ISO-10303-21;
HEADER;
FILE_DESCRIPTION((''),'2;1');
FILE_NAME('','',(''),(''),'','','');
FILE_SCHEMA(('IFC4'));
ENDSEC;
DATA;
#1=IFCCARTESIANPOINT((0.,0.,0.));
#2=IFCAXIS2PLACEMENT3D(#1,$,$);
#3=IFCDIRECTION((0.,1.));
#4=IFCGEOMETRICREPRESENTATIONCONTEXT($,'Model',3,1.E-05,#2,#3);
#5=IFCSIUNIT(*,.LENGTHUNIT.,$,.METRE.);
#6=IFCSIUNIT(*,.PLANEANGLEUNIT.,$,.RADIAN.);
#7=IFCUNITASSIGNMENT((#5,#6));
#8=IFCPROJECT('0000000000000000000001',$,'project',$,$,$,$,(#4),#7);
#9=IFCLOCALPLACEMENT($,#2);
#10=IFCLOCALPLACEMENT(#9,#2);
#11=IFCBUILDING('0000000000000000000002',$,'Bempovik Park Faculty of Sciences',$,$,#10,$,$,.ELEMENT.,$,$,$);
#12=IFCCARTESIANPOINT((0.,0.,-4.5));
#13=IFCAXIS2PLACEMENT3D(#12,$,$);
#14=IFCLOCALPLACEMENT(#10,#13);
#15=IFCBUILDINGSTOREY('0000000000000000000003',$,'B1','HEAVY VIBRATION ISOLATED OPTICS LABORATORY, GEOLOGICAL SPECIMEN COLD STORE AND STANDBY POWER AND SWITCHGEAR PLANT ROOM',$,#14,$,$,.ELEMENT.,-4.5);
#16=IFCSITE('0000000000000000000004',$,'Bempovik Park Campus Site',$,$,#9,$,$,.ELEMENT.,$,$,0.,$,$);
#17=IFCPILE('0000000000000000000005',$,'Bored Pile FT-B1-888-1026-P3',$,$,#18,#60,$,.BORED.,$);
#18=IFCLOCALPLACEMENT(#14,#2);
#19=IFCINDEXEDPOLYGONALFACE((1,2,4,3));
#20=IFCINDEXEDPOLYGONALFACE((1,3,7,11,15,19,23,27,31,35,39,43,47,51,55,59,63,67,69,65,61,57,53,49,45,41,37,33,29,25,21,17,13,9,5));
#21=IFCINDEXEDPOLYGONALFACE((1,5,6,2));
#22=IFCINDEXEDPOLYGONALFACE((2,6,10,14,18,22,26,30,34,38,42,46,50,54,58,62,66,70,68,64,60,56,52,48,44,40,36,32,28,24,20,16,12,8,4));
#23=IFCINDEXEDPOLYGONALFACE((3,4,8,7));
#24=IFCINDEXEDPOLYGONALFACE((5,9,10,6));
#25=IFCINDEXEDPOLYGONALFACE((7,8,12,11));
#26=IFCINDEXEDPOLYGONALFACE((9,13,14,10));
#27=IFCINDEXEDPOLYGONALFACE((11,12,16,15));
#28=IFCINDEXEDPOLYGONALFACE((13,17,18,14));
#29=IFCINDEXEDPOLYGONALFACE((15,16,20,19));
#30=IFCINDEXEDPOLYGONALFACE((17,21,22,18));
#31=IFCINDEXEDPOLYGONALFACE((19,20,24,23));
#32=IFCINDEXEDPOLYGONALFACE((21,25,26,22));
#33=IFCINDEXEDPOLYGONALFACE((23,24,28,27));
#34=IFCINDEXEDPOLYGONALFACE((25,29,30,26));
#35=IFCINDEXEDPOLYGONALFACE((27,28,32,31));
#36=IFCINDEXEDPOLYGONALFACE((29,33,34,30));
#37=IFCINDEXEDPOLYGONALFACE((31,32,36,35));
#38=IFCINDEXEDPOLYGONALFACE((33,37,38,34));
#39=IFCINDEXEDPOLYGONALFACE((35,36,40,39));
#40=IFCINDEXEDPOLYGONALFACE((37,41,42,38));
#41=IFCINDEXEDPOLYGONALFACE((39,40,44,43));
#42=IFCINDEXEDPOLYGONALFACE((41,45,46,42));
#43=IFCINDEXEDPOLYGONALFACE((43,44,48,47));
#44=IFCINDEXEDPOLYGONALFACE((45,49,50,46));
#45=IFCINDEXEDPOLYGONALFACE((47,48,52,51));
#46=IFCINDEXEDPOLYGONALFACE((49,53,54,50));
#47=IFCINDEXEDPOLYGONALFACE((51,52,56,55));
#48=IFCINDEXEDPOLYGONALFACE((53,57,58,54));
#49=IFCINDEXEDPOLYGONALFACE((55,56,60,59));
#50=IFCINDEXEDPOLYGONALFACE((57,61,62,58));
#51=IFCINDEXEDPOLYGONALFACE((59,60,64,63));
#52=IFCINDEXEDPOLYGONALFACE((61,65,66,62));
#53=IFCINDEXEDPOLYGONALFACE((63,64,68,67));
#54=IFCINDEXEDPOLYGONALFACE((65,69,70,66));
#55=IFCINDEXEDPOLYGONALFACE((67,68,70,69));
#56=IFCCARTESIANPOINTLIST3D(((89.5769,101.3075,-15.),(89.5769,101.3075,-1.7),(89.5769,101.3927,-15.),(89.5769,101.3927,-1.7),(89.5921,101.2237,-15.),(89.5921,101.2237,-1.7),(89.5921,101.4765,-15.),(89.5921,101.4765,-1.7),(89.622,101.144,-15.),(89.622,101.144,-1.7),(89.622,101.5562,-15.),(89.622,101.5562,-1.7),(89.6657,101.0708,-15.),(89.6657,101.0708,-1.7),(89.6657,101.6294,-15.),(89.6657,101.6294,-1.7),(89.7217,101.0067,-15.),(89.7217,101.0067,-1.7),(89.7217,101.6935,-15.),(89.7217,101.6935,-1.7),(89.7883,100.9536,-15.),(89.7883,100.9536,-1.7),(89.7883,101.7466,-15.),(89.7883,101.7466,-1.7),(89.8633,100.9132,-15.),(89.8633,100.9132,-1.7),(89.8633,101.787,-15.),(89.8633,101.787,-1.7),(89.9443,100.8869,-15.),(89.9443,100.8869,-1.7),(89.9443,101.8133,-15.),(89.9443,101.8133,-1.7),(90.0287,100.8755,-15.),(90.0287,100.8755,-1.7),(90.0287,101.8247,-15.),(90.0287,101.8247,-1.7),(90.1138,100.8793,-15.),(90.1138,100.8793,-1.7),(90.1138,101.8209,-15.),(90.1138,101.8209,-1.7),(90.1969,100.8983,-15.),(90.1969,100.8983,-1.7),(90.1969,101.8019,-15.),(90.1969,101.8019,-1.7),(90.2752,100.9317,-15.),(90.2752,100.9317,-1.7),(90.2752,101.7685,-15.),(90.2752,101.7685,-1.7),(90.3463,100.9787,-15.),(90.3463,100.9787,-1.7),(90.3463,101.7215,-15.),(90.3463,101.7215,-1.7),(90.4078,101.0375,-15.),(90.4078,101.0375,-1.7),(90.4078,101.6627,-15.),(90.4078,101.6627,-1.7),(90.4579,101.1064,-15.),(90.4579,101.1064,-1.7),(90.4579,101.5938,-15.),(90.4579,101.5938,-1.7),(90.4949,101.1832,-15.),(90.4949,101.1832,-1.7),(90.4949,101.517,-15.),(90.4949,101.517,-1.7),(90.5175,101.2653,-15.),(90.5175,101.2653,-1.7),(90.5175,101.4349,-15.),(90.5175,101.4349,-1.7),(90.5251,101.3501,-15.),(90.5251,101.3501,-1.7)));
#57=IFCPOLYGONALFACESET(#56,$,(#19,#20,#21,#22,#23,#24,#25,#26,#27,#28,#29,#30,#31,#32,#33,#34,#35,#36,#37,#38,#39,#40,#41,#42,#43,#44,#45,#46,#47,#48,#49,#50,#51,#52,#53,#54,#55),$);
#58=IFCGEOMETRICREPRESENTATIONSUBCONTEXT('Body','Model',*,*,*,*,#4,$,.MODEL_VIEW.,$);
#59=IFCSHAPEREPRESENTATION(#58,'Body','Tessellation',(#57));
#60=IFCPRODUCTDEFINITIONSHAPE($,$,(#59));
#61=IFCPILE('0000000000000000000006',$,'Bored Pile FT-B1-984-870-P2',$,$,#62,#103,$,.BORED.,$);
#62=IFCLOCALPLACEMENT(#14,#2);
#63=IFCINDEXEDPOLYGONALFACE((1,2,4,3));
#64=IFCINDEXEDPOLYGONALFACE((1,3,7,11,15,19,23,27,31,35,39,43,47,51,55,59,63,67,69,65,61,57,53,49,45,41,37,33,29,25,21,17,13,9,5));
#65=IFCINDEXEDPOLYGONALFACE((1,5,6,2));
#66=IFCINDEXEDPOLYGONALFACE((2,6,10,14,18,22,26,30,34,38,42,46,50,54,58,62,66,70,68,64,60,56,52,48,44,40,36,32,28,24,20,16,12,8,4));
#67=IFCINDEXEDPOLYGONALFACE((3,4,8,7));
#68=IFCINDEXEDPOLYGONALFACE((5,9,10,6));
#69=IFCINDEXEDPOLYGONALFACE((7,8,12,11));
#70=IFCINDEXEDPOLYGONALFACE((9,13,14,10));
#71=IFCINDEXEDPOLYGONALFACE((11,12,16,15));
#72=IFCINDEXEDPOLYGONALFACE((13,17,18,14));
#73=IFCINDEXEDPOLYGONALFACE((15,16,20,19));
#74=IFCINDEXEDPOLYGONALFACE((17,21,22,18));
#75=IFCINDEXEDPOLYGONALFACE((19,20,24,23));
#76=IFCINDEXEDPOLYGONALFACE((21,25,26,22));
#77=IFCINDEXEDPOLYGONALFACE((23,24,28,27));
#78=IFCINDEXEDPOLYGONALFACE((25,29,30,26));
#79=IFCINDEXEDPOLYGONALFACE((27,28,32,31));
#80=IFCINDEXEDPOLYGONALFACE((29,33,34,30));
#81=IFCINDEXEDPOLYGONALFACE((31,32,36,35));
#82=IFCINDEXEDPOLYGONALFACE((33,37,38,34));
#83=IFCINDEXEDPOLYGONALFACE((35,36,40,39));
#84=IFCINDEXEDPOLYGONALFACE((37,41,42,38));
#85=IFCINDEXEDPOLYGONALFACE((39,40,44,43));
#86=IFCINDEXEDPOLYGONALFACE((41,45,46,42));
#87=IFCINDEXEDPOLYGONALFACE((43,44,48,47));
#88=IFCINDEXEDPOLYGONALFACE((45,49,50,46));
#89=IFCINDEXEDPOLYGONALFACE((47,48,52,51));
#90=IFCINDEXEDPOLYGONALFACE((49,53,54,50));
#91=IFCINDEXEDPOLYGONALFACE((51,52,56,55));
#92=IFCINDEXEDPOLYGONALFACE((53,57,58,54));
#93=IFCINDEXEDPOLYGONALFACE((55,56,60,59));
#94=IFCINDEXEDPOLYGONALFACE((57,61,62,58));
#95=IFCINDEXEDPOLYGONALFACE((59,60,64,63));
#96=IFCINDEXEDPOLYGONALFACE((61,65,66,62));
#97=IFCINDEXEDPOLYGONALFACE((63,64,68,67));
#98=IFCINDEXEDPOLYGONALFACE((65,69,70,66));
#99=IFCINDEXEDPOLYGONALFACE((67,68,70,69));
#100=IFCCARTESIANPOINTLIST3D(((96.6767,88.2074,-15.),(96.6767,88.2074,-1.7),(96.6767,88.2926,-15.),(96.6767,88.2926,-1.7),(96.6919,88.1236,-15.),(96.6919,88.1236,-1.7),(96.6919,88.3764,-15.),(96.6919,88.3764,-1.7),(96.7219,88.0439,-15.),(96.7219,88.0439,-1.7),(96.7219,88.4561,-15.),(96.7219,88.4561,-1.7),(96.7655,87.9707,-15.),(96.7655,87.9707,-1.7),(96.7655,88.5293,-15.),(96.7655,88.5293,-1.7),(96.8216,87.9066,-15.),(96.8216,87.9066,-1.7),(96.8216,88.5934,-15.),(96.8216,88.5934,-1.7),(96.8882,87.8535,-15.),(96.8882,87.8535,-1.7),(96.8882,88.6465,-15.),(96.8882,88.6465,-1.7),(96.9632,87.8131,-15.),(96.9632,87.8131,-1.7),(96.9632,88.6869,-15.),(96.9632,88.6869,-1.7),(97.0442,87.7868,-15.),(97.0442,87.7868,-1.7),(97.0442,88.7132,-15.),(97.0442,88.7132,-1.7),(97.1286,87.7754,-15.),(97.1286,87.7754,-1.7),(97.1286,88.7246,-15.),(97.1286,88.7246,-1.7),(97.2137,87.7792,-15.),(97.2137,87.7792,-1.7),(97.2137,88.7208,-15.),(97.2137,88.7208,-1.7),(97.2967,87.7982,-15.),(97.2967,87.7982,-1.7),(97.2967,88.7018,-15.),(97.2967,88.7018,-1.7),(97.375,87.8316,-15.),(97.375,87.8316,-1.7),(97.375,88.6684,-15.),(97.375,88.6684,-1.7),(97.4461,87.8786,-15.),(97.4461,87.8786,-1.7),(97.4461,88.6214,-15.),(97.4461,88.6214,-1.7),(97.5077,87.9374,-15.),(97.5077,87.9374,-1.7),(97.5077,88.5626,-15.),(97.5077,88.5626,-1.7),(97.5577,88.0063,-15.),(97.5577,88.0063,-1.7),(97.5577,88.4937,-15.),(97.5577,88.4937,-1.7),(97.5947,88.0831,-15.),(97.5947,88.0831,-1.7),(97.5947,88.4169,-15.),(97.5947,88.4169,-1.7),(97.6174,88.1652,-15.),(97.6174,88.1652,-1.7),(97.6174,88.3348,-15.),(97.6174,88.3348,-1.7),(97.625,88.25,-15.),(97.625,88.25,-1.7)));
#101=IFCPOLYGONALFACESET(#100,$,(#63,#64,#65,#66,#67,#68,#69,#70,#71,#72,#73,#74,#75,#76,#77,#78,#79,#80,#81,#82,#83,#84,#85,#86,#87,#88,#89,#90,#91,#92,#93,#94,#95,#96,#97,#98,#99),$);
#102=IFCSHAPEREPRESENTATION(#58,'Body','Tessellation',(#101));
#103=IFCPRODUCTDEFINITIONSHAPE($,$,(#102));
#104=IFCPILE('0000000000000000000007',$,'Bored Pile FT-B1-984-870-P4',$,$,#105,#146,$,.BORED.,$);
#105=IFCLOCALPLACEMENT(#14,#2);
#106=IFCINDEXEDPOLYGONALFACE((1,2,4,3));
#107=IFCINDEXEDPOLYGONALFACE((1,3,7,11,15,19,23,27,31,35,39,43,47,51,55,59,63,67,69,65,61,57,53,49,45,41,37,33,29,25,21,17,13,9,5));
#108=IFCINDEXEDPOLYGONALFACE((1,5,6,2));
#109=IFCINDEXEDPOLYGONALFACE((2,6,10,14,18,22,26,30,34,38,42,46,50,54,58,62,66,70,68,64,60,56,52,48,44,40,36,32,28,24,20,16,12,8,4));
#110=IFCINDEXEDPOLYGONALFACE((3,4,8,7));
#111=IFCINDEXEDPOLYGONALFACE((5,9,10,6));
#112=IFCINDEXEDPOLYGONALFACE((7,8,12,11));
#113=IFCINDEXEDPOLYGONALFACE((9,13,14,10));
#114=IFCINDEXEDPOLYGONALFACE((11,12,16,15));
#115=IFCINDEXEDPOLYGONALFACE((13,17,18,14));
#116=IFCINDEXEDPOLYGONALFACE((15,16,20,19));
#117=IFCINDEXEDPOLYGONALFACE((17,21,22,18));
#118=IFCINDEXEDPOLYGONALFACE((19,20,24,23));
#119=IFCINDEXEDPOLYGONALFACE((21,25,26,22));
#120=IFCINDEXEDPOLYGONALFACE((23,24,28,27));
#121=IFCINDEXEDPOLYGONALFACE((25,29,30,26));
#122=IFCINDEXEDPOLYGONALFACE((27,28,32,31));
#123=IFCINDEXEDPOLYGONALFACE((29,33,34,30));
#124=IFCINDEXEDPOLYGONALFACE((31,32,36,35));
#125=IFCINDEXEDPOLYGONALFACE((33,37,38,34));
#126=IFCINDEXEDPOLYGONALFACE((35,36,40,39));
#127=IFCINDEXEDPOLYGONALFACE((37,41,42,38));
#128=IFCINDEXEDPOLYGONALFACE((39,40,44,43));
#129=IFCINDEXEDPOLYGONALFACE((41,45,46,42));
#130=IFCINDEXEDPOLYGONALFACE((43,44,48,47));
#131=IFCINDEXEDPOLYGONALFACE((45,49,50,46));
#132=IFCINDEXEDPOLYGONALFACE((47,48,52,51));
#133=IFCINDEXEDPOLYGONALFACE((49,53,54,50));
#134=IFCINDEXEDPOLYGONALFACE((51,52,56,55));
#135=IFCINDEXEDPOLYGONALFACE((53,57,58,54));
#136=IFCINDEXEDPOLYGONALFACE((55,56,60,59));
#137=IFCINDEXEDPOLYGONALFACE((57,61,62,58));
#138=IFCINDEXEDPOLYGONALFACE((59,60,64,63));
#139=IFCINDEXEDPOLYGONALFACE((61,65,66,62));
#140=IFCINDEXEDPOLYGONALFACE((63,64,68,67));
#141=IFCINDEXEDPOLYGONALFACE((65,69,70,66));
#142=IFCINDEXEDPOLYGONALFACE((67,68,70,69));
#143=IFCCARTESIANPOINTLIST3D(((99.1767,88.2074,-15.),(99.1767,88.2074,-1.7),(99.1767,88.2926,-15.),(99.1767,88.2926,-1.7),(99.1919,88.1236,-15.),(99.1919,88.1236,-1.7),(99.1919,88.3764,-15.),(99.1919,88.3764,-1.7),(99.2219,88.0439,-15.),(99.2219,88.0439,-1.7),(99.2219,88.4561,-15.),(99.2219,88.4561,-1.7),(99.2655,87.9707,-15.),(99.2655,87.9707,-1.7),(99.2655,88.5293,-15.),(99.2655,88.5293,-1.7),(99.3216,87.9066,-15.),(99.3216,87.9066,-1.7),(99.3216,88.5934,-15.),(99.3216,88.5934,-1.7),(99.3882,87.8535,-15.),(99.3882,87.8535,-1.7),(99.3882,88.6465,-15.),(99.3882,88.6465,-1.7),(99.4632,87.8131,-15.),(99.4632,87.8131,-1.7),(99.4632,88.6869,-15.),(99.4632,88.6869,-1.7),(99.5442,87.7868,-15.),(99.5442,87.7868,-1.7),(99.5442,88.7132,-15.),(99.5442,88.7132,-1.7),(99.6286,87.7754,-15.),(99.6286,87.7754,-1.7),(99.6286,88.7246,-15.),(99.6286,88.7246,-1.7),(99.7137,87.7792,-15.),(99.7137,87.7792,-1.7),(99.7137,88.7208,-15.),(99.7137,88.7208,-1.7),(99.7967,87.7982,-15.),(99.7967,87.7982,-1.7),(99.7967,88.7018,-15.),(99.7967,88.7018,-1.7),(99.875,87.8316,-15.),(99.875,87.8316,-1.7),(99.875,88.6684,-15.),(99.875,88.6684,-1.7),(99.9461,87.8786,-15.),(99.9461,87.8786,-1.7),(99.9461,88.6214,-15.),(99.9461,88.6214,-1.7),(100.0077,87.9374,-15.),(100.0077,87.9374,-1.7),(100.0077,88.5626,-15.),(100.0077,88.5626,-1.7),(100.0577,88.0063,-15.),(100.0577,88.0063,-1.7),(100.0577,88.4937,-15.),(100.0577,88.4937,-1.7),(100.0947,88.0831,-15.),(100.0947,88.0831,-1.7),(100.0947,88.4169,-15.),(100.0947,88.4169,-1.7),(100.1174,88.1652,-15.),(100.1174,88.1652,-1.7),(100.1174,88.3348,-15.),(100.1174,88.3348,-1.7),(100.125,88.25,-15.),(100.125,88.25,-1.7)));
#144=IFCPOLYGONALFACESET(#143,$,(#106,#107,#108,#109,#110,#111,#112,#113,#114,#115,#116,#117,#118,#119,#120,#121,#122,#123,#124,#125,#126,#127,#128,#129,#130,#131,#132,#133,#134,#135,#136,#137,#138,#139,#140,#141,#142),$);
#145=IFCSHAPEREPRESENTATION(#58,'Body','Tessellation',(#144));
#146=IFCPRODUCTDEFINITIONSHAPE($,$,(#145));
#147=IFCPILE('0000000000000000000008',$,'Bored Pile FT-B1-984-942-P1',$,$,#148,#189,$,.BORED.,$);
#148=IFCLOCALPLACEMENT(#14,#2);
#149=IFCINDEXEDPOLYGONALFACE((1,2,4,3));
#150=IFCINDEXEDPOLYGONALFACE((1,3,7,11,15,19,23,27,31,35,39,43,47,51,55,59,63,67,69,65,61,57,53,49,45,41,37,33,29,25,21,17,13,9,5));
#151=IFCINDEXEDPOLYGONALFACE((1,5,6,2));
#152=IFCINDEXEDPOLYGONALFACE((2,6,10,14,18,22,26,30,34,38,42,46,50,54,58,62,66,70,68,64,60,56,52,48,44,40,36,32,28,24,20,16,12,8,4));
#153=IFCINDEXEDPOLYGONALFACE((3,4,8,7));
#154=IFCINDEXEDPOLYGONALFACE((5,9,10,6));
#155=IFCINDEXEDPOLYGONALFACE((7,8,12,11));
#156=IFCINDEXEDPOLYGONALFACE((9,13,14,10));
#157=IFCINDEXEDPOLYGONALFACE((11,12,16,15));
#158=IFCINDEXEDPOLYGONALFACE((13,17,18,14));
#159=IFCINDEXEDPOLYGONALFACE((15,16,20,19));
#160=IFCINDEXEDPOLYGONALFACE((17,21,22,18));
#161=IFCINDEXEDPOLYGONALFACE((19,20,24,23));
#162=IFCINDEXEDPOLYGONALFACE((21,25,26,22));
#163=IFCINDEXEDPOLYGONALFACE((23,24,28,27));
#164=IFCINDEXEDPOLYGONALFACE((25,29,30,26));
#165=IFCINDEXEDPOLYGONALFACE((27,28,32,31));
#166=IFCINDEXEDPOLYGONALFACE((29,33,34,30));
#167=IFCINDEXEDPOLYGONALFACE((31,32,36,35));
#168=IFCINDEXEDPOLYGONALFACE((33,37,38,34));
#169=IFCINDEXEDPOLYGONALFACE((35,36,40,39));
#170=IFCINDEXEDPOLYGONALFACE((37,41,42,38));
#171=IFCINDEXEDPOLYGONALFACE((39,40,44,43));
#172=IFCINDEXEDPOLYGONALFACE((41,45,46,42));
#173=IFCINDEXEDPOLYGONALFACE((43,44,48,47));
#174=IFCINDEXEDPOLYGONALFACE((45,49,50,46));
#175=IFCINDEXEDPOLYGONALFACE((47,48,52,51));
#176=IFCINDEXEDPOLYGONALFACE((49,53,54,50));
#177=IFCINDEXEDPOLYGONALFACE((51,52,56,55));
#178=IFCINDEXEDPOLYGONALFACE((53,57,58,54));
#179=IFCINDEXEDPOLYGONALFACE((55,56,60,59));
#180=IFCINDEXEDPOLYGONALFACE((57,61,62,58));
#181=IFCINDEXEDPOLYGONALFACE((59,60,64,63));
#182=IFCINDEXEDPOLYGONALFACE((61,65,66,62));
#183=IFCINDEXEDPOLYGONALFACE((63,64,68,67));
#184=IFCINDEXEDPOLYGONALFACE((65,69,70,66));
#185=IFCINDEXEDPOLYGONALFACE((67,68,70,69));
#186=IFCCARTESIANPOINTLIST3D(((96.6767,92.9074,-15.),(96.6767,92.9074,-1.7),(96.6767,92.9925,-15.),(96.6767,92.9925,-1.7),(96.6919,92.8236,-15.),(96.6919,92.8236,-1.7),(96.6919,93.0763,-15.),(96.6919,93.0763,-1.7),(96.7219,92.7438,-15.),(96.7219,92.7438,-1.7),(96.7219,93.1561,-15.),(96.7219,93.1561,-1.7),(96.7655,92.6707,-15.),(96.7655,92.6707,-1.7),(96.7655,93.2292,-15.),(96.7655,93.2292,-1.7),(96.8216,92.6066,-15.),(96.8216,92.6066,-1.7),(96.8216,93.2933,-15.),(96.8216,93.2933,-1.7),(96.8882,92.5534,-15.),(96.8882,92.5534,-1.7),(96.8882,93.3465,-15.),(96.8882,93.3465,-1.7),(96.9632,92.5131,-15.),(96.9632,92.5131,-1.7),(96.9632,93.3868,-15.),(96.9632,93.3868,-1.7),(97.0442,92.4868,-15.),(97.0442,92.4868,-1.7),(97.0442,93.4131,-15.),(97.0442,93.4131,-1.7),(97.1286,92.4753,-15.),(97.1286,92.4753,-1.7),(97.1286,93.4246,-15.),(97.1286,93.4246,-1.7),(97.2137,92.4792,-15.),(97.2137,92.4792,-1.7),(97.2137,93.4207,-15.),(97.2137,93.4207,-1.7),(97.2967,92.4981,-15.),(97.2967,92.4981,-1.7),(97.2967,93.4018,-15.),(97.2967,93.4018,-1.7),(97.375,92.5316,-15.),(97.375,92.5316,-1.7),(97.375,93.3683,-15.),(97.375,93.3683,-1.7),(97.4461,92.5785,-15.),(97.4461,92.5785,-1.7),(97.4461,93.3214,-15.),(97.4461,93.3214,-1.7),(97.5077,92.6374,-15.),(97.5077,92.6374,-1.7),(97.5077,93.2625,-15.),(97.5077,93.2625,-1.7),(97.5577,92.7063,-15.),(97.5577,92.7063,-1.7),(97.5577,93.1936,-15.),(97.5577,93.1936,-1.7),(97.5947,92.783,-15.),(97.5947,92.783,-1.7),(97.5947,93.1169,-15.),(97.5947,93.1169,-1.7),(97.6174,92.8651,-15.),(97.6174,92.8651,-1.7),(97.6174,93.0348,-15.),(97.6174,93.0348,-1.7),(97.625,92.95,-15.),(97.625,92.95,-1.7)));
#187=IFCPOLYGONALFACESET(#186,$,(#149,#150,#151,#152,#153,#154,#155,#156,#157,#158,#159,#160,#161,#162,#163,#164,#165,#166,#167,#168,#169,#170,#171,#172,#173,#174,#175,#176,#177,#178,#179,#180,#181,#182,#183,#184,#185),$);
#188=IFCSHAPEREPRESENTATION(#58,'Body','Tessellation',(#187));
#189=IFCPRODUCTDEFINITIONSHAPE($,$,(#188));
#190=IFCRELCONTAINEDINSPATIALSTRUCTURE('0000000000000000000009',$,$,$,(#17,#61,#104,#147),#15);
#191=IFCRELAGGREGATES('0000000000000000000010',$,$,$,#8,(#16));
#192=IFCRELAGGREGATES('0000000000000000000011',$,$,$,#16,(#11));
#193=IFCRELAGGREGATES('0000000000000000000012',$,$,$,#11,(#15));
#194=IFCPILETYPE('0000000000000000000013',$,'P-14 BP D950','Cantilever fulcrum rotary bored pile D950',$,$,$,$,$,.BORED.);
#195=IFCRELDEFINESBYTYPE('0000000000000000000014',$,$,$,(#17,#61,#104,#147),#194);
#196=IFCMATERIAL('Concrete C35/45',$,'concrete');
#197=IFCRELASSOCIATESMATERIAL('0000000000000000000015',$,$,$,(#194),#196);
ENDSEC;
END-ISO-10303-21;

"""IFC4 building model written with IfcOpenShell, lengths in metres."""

from ifc_helpers import new_model, si_unit, direction, frame, origin, origin_2d, place, context, subcontext, project, spatial, circle, extrude, material, material_profile, profile_set, type_object, element, save


model = new_model("IFC4")

# Units and contexts
model_context = context("Model", 3, precision=1e-05, world=origin(), true_north=direction((0.0, 1.0)))
body_context = subcontext(model_context, "Body", "Model", "MODEL_VIEW")
ifc_project = project(units=[si_unit("LENGTHUNIT", "METRE"), si_unit("PLANEANGLEUNIT", "RADIAN")], contexts=[model_context])

# Site, building, storey
site_placement = place(None, origin())
site = spatial("IfcSite", under=ifc_project, at=site_placement, Name="Bempovik Park Campus Site", CompositionType="ELEMENT", RefElevation=0.0)
building_placement = place(site_placement, origin())
building = spatial("IfcBuilding", under=site, at=building_placement, Name="Bempovik Park Faculty of Sciences", CompositionType="ELEMENT")
storey_placement = place(building_placement, frame((0.0, 0.0, -4.5)))
storey = spatial("IfcBuildingStorey", under=building, at=storey_placement, Name="B1", Description="HEAVY VIBRATION ISOLATED OPTICS LABORATORY, GEOLOGICAL SPECIMEN COLD STORE AND STANDBY POWER AND SWITCHGEAR PLANT ROOM", CompositionType="ELEMENT", Elevation=-4.5)

# Shared definitions
ifc_material_1 = material(Name="Concrete C35/45", Category="concrete")

# Piles
ifc_material_profile_1 = material_profile(ifc_material_1, circle(Radius=0.4751, at=origin_2d()), Name="BP D950")
ifc_profile_set_1 = profile_set([ifc_material_profile_1], Name="Concrete C35/45")
pile_type = type_object("IfcPileType", Name="P-14 BP D950", Description="Cantilever fulcrum rotary bored pile D950", PredefinedType="BORED", material=ifc_profile_set_1)
for number, where, z_axis, x_axis, name in (
    (1, (90.05, 101.3501, -1.7), (0.0, 0.0, -1.0), (1.0, 0.0, 0.0), "Bored Pile FT-B1-888-1026-P3"),
    (2, (97.1499, 88.25, -1.7), (0.0, 0.0, -1.0), (1.0, 0.0, 0.0), "Bored Pile FT-B1-984-870-P2"),
    (3, (99.6499, 88.25, -1.7), (0.0, 0.0, -1.0), (1.0, 0.0, 0.0), "Bored Pile FT-B1-984-870-P4"),
    (4, (97.1499, 92.95, -1.7), (0.0, 0.0, -1.0), (1.0, 0.0, 0.0), "Bored Pile FT-B1-984-942-P1"),
):
    element("IfcPile", number, at=place(storey_placement, frame(where, z_axis=z_axis, x_axis=x_axis)), inside=storey, type_object=pile_type, Name=name, PredefinedType="BORED", context=body_context, shape_type="SweptSolid", body=[
        extrude(circle(Radius=0.4751, at=origin_2d()), origin(), (0.0, 0.0, 1.0), 13.3),
    ])

save(model, "model.ifc")
